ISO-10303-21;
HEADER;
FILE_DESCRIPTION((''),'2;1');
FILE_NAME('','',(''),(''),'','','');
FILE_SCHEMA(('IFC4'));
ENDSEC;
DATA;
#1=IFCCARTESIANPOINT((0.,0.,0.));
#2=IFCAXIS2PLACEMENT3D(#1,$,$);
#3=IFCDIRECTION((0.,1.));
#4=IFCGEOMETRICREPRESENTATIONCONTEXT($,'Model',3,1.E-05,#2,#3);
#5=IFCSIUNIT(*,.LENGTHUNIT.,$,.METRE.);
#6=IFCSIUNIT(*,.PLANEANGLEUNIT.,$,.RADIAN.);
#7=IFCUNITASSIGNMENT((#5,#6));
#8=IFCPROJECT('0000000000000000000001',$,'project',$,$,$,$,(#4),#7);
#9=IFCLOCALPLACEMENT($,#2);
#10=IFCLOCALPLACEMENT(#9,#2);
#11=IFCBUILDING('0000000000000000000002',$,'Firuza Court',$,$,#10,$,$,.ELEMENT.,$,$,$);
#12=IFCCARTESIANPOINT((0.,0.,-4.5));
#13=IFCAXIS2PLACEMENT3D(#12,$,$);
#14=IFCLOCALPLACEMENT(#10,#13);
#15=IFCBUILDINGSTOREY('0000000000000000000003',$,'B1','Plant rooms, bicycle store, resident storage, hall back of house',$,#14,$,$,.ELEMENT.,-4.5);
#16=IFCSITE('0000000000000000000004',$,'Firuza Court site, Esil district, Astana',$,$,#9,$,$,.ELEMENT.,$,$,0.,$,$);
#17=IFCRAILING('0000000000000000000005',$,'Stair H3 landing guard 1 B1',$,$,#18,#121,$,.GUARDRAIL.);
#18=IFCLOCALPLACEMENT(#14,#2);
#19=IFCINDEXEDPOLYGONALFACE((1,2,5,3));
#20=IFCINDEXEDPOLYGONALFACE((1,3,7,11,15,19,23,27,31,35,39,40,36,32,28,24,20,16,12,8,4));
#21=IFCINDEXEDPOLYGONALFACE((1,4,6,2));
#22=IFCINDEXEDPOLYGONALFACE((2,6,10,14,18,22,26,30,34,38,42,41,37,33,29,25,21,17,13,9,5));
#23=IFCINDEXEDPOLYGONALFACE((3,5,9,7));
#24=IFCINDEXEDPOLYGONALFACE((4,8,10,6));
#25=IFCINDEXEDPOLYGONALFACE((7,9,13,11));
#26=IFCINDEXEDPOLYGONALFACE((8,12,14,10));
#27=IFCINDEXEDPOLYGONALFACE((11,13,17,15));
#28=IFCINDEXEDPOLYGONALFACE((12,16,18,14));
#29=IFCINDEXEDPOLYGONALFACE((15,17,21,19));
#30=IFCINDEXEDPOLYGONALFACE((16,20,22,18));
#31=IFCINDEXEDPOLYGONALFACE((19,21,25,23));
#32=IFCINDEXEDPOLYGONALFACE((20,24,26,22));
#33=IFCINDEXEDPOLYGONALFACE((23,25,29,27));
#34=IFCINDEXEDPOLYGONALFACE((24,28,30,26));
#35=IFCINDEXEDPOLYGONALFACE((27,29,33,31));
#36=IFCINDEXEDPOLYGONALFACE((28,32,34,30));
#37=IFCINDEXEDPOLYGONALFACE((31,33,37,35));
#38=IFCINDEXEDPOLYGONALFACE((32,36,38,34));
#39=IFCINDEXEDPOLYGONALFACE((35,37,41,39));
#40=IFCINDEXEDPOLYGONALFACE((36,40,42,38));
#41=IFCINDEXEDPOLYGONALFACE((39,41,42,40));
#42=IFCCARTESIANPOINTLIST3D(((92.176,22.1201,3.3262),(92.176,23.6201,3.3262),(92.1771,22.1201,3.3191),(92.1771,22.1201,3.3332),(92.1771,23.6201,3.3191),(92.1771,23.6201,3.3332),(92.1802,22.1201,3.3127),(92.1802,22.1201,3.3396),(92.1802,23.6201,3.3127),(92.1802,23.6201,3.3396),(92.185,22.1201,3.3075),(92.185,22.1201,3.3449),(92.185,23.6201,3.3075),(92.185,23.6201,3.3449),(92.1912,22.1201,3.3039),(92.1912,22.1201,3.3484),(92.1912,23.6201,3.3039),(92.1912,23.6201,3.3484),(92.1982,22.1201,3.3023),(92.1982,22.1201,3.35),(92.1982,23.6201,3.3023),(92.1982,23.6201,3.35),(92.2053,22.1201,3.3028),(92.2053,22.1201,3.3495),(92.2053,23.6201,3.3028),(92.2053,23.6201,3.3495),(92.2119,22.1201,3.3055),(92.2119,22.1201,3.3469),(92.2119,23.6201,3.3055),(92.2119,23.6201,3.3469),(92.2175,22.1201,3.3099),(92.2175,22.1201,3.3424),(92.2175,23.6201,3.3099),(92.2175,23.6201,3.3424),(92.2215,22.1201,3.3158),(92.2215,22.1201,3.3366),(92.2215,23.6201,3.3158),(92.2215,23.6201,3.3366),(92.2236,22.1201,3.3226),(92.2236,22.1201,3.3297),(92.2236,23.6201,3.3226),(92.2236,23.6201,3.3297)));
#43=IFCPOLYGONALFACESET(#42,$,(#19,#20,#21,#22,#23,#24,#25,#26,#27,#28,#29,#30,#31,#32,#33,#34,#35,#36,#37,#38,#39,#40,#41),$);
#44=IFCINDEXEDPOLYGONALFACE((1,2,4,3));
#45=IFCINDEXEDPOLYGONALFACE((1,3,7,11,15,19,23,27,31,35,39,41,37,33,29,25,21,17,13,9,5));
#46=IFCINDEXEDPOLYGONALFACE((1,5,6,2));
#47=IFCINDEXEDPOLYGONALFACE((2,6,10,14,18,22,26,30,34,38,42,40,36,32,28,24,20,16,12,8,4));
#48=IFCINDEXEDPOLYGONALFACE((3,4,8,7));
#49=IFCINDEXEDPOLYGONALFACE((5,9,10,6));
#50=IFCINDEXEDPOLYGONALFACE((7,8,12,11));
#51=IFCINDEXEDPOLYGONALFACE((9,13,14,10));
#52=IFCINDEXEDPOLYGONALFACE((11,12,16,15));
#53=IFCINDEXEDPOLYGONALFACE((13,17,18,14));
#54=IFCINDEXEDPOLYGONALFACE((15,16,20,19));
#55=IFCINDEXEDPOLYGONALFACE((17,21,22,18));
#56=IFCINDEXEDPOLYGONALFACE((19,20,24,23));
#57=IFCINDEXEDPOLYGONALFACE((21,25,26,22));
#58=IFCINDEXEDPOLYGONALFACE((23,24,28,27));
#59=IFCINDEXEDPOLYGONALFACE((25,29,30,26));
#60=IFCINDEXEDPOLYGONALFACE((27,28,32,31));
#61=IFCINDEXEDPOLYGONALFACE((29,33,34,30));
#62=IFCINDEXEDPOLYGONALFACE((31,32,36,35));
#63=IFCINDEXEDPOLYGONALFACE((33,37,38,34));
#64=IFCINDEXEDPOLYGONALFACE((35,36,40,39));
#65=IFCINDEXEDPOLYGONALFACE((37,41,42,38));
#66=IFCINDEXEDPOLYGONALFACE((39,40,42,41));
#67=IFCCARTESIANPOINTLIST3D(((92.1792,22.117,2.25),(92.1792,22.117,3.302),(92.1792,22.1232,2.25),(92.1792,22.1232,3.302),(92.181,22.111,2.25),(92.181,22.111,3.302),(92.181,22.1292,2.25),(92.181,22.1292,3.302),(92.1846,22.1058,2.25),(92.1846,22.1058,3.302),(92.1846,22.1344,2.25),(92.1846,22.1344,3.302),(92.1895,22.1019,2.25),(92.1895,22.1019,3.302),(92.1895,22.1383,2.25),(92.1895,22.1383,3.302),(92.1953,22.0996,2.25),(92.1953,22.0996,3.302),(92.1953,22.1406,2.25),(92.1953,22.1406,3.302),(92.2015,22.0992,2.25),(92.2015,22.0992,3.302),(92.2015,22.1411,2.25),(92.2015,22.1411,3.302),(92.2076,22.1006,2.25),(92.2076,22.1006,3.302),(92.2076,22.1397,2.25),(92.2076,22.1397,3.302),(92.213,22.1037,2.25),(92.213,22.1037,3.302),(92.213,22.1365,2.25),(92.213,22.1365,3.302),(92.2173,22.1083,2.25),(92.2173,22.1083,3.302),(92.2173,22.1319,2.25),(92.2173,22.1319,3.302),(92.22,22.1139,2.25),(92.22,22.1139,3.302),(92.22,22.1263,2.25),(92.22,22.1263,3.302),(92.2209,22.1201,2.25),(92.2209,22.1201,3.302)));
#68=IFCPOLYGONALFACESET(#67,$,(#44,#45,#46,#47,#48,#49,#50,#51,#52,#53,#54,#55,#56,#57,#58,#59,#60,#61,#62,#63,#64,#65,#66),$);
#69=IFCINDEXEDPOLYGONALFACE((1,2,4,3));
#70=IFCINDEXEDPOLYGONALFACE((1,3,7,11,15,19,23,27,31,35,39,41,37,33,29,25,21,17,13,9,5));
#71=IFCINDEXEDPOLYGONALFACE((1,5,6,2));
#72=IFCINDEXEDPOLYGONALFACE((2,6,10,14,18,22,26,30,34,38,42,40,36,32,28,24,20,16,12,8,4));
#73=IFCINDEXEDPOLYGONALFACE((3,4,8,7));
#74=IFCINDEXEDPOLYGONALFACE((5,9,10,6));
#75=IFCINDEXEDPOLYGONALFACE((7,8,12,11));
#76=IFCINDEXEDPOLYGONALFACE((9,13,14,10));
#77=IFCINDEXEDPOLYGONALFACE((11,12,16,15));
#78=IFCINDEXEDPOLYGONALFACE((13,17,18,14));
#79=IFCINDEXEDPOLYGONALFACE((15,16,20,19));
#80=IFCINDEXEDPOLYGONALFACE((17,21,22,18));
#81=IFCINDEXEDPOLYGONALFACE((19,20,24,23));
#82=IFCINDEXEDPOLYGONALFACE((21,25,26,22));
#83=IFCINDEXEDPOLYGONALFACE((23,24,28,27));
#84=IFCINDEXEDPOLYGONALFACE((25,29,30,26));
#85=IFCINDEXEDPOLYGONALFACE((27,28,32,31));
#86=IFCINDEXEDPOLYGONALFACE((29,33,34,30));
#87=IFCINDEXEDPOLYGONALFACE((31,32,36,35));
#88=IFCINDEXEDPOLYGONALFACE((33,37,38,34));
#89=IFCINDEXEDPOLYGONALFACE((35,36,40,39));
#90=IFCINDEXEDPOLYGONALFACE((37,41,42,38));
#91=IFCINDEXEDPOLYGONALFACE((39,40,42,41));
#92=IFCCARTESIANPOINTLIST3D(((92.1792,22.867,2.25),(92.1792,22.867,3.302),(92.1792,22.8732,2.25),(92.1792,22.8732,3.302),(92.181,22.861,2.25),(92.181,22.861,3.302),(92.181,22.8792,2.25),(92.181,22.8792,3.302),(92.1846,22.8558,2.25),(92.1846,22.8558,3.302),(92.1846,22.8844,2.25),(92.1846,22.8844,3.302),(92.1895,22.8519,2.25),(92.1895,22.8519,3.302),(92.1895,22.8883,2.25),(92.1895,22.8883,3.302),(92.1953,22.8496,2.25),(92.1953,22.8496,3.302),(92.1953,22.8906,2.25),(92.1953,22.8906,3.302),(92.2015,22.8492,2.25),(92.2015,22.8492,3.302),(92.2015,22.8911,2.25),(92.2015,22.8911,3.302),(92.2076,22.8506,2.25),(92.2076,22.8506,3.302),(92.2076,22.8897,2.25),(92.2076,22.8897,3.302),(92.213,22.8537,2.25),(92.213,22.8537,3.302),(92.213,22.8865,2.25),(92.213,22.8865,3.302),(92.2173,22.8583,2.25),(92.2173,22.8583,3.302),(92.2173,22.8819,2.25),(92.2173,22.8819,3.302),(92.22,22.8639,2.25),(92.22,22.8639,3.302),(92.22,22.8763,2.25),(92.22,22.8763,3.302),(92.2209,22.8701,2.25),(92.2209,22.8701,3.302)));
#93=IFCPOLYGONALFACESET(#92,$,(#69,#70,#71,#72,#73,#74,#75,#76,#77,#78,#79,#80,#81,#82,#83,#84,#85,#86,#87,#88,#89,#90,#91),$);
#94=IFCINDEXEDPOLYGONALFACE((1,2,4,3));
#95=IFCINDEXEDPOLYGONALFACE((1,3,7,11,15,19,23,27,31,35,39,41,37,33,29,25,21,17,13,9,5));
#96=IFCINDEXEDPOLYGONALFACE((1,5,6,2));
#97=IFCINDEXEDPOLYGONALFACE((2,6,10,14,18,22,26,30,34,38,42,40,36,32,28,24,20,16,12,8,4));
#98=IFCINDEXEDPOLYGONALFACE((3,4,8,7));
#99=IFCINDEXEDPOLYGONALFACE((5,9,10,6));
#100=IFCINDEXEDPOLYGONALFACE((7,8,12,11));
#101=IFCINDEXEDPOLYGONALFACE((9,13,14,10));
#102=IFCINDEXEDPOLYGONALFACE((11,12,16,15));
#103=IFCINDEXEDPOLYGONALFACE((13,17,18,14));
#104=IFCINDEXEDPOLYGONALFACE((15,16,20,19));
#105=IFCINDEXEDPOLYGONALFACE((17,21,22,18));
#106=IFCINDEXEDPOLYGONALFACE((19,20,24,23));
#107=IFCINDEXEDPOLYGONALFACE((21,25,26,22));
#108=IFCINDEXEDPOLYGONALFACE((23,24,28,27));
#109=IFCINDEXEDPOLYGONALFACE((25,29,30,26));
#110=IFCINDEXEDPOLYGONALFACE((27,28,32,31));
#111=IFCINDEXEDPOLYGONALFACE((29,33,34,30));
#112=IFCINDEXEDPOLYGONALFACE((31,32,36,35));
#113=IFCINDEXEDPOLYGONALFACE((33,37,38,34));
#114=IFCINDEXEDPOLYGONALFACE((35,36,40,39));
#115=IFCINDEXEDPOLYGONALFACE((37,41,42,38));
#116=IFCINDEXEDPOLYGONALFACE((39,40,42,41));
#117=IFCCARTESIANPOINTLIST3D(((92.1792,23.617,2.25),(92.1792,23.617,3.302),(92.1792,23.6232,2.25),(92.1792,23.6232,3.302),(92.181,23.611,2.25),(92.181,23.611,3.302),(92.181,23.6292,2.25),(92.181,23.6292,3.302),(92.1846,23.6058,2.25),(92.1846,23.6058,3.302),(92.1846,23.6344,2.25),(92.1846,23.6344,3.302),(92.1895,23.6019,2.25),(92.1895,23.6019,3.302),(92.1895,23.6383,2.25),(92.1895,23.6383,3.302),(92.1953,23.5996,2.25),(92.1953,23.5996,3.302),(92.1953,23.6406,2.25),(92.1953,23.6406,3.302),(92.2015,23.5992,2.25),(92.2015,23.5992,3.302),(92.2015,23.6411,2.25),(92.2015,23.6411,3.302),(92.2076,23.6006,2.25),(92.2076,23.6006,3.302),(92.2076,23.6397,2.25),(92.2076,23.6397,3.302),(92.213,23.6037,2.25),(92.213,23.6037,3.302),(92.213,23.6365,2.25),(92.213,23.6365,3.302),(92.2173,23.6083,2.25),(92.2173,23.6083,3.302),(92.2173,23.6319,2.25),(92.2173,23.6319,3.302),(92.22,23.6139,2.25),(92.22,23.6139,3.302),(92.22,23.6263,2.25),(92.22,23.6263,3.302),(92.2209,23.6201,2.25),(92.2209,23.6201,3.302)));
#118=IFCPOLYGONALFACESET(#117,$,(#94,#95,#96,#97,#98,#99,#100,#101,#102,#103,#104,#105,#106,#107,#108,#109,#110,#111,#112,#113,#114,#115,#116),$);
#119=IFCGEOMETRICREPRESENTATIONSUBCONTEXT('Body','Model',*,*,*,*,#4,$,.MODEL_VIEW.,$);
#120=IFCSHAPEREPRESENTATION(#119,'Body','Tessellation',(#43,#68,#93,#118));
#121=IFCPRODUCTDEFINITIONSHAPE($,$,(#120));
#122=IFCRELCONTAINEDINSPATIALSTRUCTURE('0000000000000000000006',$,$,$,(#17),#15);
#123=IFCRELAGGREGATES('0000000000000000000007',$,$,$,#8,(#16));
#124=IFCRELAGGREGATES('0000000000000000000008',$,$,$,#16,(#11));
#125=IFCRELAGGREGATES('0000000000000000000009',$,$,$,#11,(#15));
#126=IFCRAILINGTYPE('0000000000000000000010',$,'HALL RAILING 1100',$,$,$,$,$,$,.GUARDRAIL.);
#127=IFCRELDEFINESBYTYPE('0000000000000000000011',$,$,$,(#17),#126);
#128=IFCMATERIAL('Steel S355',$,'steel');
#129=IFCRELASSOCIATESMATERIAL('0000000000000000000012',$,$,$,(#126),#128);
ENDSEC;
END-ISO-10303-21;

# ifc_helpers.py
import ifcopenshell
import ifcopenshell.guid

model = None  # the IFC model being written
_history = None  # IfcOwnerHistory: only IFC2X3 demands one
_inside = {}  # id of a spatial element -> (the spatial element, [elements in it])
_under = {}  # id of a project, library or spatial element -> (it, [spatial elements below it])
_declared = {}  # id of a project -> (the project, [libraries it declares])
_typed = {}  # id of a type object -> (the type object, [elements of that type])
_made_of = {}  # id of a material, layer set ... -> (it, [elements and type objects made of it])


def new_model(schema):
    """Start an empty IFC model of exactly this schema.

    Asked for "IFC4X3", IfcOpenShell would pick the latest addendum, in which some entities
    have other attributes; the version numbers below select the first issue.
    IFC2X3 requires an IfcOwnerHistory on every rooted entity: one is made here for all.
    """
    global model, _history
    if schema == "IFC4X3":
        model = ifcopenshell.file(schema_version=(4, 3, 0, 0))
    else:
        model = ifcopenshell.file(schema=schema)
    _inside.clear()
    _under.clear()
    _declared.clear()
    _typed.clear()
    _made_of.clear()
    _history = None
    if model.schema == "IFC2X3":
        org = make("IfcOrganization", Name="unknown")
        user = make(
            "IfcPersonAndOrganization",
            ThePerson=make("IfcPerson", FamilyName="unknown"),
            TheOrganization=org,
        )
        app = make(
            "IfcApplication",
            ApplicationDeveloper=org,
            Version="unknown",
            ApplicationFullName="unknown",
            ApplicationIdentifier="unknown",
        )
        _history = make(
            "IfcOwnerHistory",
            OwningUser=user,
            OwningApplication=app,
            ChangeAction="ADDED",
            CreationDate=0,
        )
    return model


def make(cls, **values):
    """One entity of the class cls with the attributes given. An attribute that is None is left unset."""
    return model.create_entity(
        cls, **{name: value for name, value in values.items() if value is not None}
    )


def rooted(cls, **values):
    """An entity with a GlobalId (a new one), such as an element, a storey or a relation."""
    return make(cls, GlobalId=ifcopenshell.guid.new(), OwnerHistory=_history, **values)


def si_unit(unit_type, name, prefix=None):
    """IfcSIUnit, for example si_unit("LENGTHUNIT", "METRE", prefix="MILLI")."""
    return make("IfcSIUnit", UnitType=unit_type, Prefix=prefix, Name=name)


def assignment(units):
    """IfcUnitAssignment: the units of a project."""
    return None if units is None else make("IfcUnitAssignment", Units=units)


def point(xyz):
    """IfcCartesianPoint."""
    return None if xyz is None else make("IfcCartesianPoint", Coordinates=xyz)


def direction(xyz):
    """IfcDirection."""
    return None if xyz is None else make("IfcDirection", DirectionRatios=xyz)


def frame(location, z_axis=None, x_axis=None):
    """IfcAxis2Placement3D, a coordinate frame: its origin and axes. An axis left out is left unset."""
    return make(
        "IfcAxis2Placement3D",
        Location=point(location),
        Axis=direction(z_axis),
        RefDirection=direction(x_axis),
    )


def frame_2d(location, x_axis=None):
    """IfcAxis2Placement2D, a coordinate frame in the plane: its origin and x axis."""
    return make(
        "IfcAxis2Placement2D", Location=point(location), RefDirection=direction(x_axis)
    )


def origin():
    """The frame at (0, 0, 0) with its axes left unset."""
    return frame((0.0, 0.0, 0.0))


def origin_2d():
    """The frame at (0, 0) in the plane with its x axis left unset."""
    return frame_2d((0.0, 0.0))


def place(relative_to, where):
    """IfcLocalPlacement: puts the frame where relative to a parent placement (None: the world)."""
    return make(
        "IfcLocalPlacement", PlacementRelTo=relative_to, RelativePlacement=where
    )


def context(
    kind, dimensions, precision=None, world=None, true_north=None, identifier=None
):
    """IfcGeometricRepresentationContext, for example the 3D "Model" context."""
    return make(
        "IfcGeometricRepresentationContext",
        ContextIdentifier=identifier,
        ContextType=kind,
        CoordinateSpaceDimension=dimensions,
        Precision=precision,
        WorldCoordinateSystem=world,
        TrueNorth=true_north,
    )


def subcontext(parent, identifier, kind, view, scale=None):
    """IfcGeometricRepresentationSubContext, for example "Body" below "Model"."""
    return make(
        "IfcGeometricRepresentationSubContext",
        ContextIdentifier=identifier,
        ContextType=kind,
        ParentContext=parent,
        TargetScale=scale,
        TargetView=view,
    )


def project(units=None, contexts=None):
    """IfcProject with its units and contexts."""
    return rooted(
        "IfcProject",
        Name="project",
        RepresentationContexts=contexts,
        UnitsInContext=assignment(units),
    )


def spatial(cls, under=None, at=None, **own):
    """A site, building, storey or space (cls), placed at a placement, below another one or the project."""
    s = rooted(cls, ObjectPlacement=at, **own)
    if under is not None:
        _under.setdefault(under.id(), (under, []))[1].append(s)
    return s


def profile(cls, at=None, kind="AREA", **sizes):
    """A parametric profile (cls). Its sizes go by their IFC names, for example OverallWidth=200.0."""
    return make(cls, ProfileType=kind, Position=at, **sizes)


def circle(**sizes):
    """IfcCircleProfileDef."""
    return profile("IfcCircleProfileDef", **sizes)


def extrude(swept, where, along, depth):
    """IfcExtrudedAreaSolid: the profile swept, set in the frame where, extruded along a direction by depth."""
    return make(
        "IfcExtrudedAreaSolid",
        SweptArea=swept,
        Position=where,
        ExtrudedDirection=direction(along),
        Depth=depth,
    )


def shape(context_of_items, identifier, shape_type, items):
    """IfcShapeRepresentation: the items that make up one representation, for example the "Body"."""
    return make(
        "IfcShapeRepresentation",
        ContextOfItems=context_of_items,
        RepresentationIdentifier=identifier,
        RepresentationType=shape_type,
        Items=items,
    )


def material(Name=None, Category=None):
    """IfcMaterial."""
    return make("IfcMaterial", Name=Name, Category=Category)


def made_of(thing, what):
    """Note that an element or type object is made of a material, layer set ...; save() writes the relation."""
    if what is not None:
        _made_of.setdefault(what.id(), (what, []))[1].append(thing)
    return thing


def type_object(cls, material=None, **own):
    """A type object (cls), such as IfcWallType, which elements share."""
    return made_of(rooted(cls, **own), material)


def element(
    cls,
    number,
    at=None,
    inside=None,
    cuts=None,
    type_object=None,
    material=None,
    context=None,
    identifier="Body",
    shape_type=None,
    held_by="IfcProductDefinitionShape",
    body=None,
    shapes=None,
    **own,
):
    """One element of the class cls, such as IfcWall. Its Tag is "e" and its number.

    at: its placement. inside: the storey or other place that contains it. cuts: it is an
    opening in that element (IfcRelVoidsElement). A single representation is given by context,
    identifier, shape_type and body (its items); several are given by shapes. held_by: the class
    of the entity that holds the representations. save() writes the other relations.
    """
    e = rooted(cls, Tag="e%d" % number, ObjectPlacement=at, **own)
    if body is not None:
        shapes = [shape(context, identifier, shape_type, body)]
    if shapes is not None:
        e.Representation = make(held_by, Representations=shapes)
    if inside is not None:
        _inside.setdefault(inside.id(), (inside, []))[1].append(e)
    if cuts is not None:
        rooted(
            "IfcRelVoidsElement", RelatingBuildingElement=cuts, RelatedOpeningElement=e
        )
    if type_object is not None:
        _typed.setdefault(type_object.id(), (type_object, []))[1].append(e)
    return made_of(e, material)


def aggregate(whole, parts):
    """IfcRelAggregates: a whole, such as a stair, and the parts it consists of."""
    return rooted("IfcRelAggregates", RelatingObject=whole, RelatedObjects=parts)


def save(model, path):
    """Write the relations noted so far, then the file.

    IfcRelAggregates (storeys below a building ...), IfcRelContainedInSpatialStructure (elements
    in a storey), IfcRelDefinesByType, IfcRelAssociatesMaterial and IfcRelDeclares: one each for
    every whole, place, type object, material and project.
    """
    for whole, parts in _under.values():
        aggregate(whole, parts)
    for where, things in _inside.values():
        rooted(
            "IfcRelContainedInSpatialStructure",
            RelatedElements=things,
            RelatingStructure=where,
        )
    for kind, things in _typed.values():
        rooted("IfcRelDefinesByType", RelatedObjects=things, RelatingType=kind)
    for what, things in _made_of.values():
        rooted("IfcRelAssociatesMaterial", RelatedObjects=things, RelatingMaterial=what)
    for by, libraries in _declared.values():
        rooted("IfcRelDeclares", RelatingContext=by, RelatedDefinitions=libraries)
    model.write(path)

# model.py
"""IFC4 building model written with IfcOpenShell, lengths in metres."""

from ifc_helpers import new_model, si_unit, direction, frame, origin, origin_2d, place, context, subcontext, project, spatial, circle, extrude, material, type_object, element, save


model = new_model("IFC4")

# Units and contexts
model_context = context("Model", 3, precision=1e-05, world=origin(), true_north=direction((0.0, 1.0)))
body_context = subcontext(model_context, "Body", "Model", "MODEL_VIEW")
ifc_project = project(units=[si_unit("LENGTHUNIT", "METRE"), si_unit("PLANEANGLEUNIT", "RADIAN")], contexts=[model_context])

# Site, building, storey
site_placement = place(None, origin())
site = spatial("IfcSite", under=ifc_project, at=site_placement, Name="Firuza Court site, Esil district, Astana", CompositionType="ELEMENT", RefElevation=0.0)
building_placement = place(site_placement, origin())
building = spatial("IfcBuilding", under=site, at=building_placement, Name="Firuza Court", CompositionType="ELEMENT")
storey_placement = place(building_placement, frame((0.0, 0.0, -4.5)))
storey = spatial("IfcBuildingStorey", under=building, at=storey_placement, Name="B1", Description="Plant rooms, bicycle store, resident storage, hall back of house", CompositionType="ELEMENT", Elevation=-4.5)

# Railing
ifc_material_1 = material(Name="Steel S355", Category="steel")
railing_type_1 = type_object("IfcRailingType", Name="HALL RAILING 1100", PredefinedType="GUARDRAIL", material=ifc_material_1)
railing_1_placement = place(storey_placement, frame((92.2, 22.1201, 2.25)))
element("IfcRailing", 1, at=railing_1_placement, inside=storey, type_object=railing_type_1, Name="Stair H3 landing guard 1 B1", PredefinedType="GUARDRAIL", context=body_context, shape_type="SweptSolid", body=[
    extrude(circle(Radius=0.0239, at=origin_2d()), frame((0.0, 0.0, 1.0762), z_axis=(0.0, 1.0, 0.0), x_axis=(-1.0, 0.0, 0.0)), (0.0, 0.0, 1.0), 1.5),
    extrude(circle(Radius=0.021, at=origin_2d()), origin(), (0.0, 0.0, 1.0), 1.052),
    extrude(circle(Radius=0.021, at=origin_2d()), frame((0.0, 0.75, 0.0)), (0.0, 0.0, 1.0), 1.052),
    extrude(circle(Radius=0.021, at=origin_2d()), frame((0.0, 1.5, 0.0)), (0.0, 0.0, 1.0), 1.052),
])

save(model, "model.ifc")
